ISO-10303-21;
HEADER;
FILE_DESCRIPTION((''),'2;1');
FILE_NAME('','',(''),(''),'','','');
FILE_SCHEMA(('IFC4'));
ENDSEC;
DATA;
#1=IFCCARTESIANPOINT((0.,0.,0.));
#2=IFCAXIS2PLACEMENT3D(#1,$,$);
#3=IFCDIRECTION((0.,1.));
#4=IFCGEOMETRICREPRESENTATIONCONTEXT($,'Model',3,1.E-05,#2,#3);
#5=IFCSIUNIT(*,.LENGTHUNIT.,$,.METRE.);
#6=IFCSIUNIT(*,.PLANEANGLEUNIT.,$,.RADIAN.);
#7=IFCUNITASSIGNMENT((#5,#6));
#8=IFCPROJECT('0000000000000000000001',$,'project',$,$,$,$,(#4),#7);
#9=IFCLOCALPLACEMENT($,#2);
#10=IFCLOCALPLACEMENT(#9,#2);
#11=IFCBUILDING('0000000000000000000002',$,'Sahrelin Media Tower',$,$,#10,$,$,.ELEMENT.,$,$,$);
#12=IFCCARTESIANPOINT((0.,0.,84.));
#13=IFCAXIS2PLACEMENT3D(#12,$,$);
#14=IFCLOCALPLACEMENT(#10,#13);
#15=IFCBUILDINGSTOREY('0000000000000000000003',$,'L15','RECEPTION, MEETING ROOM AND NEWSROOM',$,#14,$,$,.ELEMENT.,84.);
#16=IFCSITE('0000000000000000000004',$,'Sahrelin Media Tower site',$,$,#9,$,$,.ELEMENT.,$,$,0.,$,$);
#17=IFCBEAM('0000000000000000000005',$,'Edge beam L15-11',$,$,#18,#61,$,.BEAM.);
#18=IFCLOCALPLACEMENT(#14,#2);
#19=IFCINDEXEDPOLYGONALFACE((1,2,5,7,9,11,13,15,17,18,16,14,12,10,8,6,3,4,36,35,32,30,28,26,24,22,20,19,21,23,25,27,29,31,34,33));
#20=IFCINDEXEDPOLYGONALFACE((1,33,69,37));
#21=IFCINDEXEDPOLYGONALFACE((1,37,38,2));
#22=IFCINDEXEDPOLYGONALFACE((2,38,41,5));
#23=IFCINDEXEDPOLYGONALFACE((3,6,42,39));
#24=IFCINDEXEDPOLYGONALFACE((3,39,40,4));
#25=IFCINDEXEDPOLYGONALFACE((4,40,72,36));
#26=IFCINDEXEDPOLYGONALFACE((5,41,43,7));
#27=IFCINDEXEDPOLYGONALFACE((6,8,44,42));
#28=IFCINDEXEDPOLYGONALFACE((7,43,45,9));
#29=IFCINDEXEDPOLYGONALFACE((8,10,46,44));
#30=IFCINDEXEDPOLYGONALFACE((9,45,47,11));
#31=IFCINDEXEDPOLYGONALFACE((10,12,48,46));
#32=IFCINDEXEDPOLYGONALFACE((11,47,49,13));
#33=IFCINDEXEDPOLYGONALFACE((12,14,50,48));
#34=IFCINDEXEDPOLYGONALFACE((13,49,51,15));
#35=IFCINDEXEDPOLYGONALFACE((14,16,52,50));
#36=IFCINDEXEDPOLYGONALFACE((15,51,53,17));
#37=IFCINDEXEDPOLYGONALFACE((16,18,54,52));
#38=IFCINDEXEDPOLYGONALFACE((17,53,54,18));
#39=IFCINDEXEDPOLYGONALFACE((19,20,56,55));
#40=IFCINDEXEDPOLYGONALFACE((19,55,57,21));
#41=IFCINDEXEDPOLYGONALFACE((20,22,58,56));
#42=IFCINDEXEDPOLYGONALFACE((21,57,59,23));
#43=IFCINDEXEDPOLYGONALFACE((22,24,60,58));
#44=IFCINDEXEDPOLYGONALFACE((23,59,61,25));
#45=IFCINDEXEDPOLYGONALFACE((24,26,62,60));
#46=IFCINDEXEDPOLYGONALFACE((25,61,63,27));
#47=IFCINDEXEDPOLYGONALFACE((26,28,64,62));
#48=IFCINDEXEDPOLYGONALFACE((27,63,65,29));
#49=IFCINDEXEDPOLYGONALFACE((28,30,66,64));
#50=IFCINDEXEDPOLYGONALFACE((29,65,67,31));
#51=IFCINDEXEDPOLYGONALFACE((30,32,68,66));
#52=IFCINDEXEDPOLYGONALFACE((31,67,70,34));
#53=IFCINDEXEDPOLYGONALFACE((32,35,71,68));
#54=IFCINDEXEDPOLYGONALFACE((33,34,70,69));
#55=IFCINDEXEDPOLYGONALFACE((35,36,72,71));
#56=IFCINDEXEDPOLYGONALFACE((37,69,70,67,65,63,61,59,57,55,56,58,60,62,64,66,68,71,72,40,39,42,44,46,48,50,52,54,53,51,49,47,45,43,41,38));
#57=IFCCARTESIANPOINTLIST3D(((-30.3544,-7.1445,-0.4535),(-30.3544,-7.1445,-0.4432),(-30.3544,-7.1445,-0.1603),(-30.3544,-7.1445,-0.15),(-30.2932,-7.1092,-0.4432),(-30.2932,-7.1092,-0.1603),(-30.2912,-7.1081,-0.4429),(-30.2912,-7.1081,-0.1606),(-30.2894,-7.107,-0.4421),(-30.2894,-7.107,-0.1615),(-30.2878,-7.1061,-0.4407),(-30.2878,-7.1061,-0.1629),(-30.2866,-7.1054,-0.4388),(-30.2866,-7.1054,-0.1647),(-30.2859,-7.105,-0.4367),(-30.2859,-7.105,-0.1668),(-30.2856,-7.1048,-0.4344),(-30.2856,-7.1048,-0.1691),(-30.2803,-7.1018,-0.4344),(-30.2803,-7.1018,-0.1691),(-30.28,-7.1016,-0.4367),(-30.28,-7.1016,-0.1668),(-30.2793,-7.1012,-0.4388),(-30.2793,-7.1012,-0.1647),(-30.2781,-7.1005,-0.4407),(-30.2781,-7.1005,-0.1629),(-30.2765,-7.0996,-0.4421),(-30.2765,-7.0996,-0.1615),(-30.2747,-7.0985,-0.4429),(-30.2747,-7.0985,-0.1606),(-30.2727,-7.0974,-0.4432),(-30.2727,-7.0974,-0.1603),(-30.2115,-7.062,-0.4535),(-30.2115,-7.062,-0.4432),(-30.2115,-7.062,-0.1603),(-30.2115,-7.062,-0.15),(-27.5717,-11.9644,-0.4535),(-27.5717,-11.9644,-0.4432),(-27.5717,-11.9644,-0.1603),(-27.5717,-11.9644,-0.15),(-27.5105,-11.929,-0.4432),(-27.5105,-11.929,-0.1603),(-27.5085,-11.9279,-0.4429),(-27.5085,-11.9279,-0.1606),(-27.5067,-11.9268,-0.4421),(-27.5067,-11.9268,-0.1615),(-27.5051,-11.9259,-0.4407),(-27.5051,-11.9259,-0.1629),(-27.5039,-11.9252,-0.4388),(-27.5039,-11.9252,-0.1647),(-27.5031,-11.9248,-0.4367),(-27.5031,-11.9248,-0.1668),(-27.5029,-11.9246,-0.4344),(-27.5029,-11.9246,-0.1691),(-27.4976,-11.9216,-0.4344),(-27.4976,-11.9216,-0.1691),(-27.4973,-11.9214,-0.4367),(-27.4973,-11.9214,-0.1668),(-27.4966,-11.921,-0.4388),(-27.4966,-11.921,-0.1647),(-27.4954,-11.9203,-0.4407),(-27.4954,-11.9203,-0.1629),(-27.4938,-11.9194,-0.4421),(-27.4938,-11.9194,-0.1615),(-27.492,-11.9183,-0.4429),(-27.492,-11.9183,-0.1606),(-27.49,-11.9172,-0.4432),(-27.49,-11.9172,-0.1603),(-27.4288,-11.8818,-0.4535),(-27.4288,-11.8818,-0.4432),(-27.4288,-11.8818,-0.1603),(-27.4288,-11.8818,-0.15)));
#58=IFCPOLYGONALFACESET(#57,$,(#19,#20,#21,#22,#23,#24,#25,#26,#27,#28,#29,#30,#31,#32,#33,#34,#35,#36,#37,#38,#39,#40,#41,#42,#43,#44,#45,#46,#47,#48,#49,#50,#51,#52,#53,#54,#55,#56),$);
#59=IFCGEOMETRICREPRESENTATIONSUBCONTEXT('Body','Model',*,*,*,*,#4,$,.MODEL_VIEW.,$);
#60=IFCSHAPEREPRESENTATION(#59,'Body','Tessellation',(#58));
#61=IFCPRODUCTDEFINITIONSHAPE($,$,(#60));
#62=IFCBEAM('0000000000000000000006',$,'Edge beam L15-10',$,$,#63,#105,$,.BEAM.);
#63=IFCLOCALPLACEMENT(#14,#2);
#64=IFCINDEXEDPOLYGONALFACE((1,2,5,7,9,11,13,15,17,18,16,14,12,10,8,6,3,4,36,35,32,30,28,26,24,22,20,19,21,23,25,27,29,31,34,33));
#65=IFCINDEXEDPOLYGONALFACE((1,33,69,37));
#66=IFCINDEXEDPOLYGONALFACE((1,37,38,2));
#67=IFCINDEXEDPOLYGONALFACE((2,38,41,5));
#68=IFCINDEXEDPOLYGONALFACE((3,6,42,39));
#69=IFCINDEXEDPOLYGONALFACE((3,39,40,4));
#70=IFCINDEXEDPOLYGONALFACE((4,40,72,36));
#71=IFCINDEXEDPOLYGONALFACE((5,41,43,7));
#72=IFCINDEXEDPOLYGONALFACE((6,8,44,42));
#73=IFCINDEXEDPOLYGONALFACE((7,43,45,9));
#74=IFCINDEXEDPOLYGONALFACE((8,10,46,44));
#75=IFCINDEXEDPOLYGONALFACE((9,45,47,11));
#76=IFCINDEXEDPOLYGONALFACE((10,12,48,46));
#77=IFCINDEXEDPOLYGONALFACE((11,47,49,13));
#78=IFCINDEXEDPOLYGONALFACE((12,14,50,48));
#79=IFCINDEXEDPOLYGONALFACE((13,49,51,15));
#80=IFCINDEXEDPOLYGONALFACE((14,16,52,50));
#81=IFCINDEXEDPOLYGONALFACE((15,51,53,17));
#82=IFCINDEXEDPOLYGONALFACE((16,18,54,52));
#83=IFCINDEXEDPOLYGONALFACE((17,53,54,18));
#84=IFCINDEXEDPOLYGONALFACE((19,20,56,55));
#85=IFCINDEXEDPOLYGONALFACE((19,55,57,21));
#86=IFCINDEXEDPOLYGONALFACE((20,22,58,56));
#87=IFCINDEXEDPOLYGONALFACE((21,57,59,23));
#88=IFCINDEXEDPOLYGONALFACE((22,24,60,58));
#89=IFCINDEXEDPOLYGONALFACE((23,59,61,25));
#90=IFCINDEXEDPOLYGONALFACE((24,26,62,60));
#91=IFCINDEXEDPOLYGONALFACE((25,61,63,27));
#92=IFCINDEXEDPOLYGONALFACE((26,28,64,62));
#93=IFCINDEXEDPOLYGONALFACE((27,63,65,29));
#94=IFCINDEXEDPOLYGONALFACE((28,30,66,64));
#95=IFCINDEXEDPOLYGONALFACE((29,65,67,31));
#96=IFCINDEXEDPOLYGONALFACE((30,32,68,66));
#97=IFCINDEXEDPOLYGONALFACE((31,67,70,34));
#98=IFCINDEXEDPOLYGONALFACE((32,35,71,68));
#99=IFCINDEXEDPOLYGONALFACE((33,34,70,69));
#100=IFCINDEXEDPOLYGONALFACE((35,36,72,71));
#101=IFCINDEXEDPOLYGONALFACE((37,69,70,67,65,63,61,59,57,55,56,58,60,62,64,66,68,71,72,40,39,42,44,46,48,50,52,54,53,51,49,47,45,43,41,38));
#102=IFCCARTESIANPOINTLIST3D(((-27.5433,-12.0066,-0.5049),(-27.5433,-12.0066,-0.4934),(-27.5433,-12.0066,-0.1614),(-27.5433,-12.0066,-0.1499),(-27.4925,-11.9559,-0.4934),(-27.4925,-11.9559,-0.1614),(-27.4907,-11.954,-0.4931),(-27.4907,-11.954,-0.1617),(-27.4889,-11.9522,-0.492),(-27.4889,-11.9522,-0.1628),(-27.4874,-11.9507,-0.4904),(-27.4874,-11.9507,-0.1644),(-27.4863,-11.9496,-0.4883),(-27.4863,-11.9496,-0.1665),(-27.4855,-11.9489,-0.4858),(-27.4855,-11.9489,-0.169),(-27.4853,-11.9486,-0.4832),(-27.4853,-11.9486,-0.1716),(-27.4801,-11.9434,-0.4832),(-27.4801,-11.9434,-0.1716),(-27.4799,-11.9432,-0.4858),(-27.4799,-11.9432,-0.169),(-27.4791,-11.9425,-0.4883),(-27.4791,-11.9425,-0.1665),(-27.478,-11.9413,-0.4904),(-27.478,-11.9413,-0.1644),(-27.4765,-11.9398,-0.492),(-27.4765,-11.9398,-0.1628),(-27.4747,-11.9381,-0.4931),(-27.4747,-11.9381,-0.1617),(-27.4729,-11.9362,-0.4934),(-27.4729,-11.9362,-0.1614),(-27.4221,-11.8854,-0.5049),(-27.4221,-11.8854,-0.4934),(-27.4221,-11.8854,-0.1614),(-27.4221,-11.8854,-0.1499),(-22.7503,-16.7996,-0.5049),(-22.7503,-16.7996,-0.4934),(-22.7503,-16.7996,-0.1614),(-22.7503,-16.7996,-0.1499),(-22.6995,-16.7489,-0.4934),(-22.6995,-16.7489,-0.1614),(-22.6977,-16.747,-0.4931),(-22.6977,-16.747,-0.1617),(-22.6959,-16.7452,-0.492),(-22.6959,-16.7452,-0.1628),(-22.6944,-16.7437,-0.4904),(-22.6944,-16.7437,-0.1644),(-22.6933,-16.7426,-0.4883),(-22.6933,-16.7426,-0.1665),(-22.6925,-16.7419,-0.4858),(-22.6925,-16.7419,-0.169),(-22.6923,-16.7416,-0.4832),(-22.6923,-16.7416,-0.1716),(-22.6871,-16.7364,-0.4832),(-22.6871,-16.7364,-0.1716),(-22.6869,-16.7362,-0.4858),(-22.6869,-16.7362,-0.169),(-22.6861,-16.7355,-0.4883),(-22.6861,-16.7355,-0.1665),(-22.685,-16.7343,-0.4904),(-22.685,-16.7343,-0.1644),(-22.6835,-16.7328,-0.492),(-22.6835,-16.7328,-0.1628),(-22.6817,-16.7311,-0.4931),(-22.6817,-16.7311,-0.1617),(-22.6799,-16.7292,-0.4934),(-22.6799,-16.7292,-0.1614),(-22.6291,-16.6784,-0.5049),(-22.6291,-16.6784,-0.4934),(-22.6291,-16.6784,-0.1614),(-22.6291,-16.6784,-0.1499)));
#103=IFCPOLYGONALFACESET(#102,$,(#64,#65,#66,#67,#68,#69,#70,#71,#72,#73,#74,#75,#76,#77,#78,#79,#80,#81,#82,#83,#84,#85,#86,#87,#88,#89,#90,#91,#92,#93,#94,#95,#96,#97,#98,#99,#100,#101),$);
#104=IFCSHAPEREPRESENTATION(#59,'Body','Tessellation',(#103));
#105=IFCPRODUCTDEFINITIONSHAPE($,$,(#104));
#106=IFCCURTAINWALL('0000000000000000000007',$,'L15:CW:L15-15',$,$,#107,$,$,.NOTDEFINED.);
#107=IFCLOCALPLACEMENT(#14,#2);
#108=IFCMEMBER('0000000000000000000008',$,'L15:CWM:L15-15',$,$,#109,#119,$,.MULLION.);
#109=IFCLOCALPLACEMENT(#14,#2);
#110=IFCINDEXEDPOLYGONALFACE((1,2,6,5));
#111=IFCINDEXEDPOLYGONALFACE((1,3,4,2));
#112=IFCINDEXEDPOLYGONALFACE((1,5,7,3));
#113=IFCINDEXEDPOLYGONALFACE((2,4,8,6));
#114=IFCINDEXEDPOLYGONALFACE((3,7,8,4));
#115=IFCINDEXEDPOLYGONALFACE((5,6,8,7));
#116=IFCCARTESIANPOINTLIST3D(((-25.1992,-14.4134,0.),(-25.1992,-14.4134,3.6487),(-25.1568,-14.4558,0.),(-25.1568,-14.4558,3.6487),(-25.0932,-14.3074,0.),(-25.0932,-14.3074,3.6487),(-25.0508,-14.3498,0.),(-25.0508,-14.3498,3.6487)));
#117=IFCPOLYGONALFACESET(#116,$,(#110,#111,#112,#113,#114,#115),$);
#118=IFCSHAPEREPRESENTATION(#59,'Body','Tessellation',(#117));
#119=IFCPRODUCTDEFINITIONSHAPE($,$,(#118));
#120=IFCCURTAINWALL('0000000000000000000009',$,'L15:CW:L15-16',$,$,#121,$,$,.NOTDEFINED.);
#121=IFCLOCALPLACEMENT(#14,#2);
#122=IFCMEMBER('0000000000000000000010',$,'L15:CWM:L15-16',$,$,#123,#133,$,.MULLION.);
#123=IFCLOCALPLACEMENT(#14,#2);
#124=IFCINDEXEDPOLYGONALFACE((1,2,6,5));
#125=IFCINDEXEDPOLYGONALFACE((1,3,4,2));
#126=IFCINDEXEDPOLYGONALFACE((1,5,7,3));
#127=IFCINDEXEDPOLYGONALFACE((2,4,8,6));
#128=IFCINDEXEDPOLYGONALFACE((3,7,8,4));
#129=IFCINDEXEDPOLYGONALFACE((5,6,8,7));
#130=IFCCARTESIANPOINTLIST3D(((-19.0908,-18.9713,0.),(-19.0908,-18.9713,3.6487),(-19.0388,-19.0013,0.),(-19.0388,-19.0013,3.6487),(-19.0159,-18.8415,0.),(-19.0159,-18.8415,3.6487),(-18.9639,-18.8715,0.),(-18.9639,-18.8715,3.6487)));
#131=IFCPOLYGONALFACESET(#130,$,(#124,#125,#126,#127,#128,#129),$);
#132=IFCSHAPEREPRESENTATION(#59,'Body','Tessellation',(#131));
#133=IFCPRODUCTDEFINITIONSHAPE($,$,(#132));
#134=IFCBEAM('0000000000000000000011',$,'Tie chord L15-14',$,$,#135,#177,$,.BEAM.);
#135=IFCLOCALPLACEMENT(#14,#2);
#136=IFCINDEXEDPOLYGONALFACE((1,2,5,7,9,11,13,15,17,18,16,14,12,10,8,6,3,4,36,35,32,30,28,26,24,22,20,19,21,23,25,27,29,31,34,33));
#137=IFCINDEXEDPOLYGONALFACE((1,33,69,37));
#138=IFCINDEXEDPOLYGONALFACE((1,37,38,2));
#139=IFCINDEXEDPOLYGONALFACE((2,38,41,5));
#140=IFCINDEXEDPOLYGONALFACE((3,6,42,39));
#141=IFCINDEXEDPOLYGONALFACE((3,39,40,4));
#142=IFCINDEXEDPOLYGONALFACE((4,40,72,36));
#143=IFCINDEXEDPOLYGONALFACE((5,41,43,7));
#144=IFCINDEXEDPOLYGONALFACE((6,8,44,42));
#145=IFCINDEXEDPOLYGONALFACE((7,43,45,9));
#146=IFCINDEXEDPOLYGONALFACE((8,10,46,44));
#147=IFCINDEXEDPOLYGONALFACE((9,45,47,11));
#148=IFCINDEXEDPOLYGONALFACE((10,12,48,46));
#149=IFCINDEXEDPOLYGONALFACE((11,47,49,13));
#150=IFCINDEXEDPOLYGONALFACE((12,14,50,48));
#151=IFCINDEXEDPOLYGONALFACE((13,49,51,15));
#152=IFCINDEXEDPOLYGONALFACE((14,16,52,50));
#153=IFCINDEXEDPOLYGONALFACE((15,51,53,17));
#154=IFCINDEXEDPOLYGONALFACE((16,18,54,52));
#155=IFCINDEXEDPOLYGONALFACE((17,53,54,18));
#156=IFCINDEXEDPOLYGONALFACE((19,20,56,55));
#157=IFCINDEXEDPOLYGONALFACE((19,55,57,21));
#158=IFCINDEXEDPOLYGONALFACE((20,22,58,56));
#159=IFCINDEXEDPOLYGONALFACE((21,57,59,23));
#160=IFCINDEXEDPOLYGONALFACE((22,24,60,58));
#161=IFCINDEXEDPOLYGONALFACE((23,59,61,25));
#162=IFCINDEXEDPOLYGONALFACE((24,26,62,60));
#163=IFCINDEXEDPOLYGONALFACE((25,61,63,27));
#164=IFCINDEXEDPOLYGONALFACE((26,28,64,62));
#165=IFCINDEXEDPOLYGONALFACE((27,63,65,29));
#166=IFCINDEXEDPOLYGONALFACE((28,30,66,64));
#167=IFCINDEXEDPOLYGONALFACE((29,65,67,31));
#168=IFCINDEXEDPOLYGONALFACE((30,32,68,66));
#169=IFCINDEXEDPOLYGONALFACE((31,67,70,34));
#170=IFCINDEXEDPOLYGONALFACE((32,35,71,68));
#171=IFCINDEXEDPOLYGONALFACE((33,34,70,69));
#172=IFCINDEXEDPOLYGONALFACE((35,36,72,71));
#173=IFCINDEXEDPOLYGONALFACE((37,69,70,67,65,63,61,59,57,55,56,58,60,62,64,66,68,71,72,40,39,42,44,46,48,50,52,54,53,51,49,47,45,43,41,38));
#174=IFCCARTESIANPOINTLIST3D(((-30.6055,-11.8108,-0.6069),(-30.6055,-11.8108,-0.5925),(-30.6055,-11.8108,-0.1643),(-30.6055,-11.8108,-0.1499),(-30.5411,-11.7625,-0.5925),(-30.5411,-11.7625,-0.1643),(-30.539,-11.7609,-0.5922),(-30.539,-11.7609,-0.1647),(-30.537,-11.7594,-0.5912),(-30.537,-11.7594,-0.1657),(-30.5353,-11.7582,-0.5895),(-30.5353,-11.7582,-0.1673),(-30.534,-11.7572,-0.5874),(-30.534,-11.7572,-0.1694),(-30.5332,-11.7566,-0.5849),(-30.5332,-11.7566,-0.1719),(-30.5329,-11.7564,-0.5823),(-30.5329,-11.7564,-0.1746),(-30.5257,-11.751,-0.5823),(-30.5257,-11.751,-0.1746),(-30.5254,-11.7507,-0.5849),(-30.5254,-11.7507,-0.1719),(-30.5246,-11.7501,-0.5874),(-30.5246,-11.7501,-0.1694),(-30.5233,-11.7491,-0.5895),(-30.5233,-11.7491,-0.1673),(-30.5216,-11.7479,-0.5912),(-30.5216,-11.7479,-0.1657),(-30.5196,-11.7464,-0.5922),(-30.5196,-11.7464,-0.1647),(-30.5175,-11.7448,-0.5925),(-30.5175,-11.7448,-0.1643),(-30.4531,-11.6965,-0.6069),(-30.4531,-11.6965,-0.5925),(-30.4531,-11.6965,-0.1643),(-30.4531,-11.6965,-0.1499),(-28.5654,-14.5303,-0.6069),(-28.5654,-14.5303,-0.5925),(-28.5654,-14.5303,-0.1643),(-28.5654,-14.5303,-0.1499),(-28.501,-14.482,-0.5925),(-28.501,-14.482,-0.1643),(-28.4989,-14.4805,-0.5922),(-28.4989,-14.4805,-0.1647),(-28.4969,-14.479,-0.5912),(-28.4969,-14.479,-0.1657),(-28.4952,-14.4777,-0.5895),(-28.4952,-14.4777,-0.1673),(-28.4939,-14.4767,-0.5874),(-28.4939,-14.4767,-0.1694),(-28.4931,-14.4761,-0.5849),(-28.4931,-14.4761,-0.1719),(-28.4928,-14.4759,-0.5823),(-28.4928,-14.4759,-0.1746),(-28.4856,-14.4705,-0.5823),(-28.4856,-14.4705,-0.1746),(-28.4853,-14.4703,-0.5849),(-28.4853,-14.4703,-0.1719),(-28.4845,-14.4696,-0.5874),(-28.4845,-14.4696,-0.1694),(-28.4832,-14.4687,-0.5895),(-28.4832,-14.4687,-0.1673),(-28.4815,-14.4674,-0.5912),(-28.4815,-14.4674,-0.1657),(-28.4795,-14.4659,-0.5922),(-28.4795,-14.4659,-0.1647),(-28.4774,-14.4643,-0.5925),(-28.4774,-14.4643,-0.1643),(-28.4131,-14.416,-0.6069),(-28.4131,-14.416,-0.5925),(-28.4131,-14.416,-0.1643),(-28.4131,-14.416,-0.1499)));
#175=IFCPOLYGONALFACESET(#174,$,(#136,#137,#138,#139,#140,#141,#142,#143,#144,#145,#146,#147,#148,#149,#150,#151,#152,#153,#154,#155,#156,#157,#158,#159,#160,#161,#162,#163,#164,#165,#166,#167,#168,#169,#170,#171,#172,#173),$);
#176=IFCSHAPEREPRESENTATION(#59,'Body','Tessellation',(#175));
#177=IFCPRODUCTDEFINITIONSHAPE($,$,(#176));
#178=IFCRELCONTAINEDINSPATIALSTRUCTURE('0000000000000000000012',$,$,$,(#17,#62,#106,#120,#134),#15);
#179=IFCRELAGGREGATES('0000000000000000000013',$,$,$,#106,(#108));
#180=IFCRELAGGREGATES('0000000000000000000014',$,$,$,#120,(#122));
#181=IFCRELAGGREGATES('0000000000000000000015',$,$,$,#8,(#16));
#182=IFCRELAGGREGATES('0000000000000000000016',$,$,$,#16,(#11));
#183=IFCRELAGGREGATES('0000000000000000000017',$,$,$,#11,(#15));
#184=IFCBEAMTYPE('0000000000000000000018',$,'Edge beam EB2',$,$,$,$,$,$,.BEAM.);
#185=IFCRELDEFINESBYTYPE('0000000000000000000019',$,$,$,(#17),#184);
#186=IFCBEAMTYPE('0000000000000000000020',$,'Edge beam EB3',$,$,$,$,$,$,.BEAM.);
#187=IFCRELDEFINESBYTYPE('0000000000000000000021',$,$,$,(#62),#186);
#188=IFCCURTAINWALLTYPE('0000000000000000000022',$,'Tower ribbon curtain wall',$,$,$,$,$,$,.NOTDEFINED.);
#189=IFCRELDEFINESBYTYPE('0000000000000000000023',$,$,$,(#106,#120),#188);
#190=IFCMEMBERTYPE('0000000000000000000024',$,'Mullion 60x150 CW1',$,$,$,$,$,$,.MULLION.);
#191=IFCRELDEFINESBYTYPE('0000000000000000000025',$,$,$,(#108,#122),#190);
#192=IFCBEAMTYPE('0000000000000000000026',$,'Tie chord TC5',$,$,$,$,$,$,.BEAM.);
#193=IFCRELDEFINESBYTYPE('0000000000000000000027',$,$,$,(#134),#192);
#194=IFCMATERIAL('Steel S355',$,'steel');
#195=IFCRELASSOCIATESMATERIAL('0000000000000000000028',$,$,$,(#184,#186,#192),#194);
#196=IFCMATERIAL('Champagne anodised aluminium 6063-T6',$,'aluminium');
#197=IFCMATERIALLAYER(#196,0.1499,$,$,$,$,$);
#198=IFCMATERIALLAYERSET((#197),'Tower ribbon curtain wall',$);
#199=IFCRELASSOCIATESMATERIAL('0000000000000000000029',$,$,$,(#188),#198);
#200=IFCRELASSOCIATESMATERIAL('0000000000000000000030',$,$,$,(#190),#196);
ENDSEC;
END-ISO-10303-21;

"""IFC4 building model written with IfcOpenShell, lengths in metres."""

from ifc_helpers import new_model, si_unit, direction, frame, origin, origin_2d, place, context, subcontext, project, spatial, rectangle, i_section, extrude, material, layer, layer_set, material_profile, profile_set, type_object, element, aggregate, save


model = new_model("IFC4")

# Units and contexts
model_context = context("Model", 3, precision=1e-05, world=origin(), true_north=direction((0.0, 1.0)))
body_context = subcontext(model_context, "Body", "Model", "MODEL_VIEW")
ifc_project = project(units=[si_unit("LENGTHUNIT", "METRE"), si_unit("PLANEANGLEUNIT", "RADIAN")], contexts=[model_context])

# Site, building, storey
site_placement = place(None, origin())
site = spatial("IfcSite", under=ifc_project, at=site_placement, Name="Sahrelin Media Tower site", CompositionType="ELEMENT", RefElevation=0.0)
building_placement = place(site_placement, origin())
building = spatial("IfcBuilding", under=site, at=building_placement, Name="Sahrelin Media Tower", CompositionType="ELEMENT")
storey_placement = place(building_placement, frame((0.0, 0.0, 84.0)))
storey = spatial("IfcBuildingStorey", under=building, at=storey_placement, Name="L15", Description="RECEPTION, MEETING ROOM AND NEWSROOM", CompositionType="ELEMENT", Elevation=84.0)

# Beams
ifc_material_1 = material(Name="Steel S355", Category="steel")
ifc_material_profile_1 = material_profile(ifc_material_1, i_section(OverallWidth=0.165, OverallDepth=0.3035, WebThickness=0.0061, FlangeThickness=0.0103, FilletRadius=0.0088, at=origin_2d()), Name="UB 305x165x40")
ifc_profile_set_1 = profile_set([ifc_material_profile_1], Name="Steel S355")
beam_type_1 = type_object("IfcBeamType", Name="Edge beam EB2", PredefinedType="BEAM", material=ifc_profile_set_1)
beam_1_placement = place(storey_placement, frame((-27.5002, -11.9231, -0.3018), z_axis=(-0.499998, 0.866026, 0.0), x_axis=(-0.866026, -0.499998, 0.0)))
element("IfcBeam", 1, at=beam_1_placement, inside=storey, type_object=beam_type_1, Name="Edge beam L15-11", PredefinedType="BEAM", context=body_context, shape_type="SweptSolid", body=[
    extrude(i_section(OverallWidth=0.165, OverallDepth=0.3035, WebThickness=0.0061, FlangeThickness=0.0103, FilletRadius=0.0088, at=origin_2d()), origin(), (0.0, 0.0, 1.0), 5.5654),
])
ifc_material_profile_2 = material_profile(ifc_material_1, i_section(OverallWidth=0.1714, OverallDepth=0.355, WebThickness=0.0073, FlangeThickness=0.0115, FilletRadius=0.0103, at=origin_2d()), Name="UB 356x171x51")
ifc_profile_set_2 = profile_set([ifc_material_profile_2], Name="Steel S355")
beam_type_2 = type_object("IfcBeamType", Name="Edge beam EB3", PredefinedType="BEAM", material=ifc_profile_set_2)
beam_2_placement = place(storey_placement, frame((-22.6897, -16.739, -0.3274), z_axis=(-0.707107, 0.707107, 0.0), x_axis=(-0.707107, -0.707107, 0.0)))
element("IfcBeam", 2, at=beam_2_placement, inside=storey, type_object=beam_type_2, Name="Edge beam L15-10", PredefinedType="BEAM", context=body_context, shape_type="SweptSolid", body=[
    extrude(i_section(OverallWidth=0.1714, OverallDepth=0.355, WebThickness=0.0073, FlangeThickness=0.0115, FilletRadius=0.0103, at=origin_2d()), origin(), (0.0, 0.0, 1.0), 6.7783),
])

# Curtain walls, members
ifc_material_2 = material(Name="Champagne anodised aluminium 6063-T6", Category="aluminium")
ifc_layer_1 = layer(ifc_material_2, 0.1499)
ifc_layer_set_1 = layer_set([ifc_layer_1], Name="Tower ribbon curtain wall")
curtain_wall_type = type_object("IfcCurtainWallType", Name="Tower ribbon curtain wall", PredefinedType="NOTDEFINED", material=ifc_layer_set_1)
curtain_wall_1_placement = place(storey_placement, frame((-25.1921, -14.4485, 0.0), z_axis=(0.0, 0.0, 1.0), x_axis=(1.0, 0.0, 0.0)))
curtain_wall_1 = element("IfcCurtainWall", 3, at=curtain_wall_1_placement, inside=storey, type_object=curtain_wall_type, Name="L15:CW:L15-15", PredefinedType="NOTDEFINED")
ifc_material_profile_3 = material_profile(ifc_material_2, rectangle(XDim=0.0601, YDim=0.1499, at=origin_2d()), Name="Mullion 60x150")
ifc_profile_set_3 = profile_set([ifc_material_profile_3], Name="Champagne anodised aluminium 6063-T6")
member_type_1 = type_object("IfcMemberType", Name="Mullion 60x150 CW1", PredefinedType="MULLION", material=ifc_profile_set_3)
member_1_placement = place(storey_placement, frame((-25.125, -14.3816, 0.0), z_axis=(0.0, 0.0, 1.0), x_axis=(0.707114, -0.707099, 0.0)))
member_1 = element("IfcMember", 4, at=member_1_placement, type_object=member_type_1, Name="L15:CWM:L15-15", PredefinedType="MULLION", context=body_context, shape_type="SweptSolid", body=[
    extrude(rectangle(XDim=0.0601, YDim=0.1499, at=origin_2d()), origin(), (0.0, 0.0, 1.0), 3.6487),
])
curtain_wall_2_placement = place(storey_placement, frame((-19.075, -19.0037, 0.0), z_axis=(0.0, 0.0, 1.0), x_axis=(1.0, 0.0, 0.0)))
curtain_wall_2 = element("IfcCurtainWall", 5, at=curtain_wall_2_placement, inside=storey, type_object=curtain_wall_type, Name="L15:CW:L15-16", PredefinedType="NOTDEFINED")
member_2_placement = place(storey_placement, frame((-19.0273, -18.9214, 0.0), z_axis=(0.0, 0.0, 1.0), x_axis=(0.866023, -0.500005, 0.0)))
member_2 = element("IfcMember", 6, at=member_2_placement, type_object=member_type_1, Name="L15:CWM:L15-16", PredefinedType="MULLION", context=body_context, shape_type="SweptSolid", body=[
    extrude(rectangle(XDim=0.0601, YDim=0.1499, at=origin_2d()), origin(), (0.0, 0.0, 1.0), 3.6487),
])

# Beam
ifc_material_profile_4 = material_profile(ifc_material_1, i_section(OverallWidth=0.1904, OverallDepth=0.457, WebThickness=0.009, FlangeThickness=0.0144, FilletRadius=0.0103, at=origin_2d()), Name="UB 457x191x74")
ifc_profile_set_4 = profile_set([ifc_material_profile_4], Name="Steel S355")
beam_type_3 = type_object("IfcBeamType", Name="Tie chord TC5", PredefinedType="BEAM", material=ifc_profile_set_4)
beam_3_placement = place(storey_placement, frame((-30.5293, -11.7537, -0.3784), z_axis=(0.60008, -0.79994, 0.0), x_axis=(0.79994, 0.60008, 0.0)))
element("IfcBeam", 7, at=beam_3_placement, inside=storey, type_object=beam_type_3, Name="Tie chord L15-14", PredefinedType="BEAM", context=body_context, shape_type="SweptSolid", body=[
    extrude(i_section(OverallWidth=0.1904, OverallDepth=0.457, WebThickness=0.009, FlangeThickness=0.0144, FilletRadius=0.0103, at=origin_2d()), origin(), (0.0, 0.0, 1.0), 3.3997),
])

aggregate(curtain_wall_1, [member_1])
aggregate(curtain_wall_2, [member_2])

save(model, "model.ifc")
